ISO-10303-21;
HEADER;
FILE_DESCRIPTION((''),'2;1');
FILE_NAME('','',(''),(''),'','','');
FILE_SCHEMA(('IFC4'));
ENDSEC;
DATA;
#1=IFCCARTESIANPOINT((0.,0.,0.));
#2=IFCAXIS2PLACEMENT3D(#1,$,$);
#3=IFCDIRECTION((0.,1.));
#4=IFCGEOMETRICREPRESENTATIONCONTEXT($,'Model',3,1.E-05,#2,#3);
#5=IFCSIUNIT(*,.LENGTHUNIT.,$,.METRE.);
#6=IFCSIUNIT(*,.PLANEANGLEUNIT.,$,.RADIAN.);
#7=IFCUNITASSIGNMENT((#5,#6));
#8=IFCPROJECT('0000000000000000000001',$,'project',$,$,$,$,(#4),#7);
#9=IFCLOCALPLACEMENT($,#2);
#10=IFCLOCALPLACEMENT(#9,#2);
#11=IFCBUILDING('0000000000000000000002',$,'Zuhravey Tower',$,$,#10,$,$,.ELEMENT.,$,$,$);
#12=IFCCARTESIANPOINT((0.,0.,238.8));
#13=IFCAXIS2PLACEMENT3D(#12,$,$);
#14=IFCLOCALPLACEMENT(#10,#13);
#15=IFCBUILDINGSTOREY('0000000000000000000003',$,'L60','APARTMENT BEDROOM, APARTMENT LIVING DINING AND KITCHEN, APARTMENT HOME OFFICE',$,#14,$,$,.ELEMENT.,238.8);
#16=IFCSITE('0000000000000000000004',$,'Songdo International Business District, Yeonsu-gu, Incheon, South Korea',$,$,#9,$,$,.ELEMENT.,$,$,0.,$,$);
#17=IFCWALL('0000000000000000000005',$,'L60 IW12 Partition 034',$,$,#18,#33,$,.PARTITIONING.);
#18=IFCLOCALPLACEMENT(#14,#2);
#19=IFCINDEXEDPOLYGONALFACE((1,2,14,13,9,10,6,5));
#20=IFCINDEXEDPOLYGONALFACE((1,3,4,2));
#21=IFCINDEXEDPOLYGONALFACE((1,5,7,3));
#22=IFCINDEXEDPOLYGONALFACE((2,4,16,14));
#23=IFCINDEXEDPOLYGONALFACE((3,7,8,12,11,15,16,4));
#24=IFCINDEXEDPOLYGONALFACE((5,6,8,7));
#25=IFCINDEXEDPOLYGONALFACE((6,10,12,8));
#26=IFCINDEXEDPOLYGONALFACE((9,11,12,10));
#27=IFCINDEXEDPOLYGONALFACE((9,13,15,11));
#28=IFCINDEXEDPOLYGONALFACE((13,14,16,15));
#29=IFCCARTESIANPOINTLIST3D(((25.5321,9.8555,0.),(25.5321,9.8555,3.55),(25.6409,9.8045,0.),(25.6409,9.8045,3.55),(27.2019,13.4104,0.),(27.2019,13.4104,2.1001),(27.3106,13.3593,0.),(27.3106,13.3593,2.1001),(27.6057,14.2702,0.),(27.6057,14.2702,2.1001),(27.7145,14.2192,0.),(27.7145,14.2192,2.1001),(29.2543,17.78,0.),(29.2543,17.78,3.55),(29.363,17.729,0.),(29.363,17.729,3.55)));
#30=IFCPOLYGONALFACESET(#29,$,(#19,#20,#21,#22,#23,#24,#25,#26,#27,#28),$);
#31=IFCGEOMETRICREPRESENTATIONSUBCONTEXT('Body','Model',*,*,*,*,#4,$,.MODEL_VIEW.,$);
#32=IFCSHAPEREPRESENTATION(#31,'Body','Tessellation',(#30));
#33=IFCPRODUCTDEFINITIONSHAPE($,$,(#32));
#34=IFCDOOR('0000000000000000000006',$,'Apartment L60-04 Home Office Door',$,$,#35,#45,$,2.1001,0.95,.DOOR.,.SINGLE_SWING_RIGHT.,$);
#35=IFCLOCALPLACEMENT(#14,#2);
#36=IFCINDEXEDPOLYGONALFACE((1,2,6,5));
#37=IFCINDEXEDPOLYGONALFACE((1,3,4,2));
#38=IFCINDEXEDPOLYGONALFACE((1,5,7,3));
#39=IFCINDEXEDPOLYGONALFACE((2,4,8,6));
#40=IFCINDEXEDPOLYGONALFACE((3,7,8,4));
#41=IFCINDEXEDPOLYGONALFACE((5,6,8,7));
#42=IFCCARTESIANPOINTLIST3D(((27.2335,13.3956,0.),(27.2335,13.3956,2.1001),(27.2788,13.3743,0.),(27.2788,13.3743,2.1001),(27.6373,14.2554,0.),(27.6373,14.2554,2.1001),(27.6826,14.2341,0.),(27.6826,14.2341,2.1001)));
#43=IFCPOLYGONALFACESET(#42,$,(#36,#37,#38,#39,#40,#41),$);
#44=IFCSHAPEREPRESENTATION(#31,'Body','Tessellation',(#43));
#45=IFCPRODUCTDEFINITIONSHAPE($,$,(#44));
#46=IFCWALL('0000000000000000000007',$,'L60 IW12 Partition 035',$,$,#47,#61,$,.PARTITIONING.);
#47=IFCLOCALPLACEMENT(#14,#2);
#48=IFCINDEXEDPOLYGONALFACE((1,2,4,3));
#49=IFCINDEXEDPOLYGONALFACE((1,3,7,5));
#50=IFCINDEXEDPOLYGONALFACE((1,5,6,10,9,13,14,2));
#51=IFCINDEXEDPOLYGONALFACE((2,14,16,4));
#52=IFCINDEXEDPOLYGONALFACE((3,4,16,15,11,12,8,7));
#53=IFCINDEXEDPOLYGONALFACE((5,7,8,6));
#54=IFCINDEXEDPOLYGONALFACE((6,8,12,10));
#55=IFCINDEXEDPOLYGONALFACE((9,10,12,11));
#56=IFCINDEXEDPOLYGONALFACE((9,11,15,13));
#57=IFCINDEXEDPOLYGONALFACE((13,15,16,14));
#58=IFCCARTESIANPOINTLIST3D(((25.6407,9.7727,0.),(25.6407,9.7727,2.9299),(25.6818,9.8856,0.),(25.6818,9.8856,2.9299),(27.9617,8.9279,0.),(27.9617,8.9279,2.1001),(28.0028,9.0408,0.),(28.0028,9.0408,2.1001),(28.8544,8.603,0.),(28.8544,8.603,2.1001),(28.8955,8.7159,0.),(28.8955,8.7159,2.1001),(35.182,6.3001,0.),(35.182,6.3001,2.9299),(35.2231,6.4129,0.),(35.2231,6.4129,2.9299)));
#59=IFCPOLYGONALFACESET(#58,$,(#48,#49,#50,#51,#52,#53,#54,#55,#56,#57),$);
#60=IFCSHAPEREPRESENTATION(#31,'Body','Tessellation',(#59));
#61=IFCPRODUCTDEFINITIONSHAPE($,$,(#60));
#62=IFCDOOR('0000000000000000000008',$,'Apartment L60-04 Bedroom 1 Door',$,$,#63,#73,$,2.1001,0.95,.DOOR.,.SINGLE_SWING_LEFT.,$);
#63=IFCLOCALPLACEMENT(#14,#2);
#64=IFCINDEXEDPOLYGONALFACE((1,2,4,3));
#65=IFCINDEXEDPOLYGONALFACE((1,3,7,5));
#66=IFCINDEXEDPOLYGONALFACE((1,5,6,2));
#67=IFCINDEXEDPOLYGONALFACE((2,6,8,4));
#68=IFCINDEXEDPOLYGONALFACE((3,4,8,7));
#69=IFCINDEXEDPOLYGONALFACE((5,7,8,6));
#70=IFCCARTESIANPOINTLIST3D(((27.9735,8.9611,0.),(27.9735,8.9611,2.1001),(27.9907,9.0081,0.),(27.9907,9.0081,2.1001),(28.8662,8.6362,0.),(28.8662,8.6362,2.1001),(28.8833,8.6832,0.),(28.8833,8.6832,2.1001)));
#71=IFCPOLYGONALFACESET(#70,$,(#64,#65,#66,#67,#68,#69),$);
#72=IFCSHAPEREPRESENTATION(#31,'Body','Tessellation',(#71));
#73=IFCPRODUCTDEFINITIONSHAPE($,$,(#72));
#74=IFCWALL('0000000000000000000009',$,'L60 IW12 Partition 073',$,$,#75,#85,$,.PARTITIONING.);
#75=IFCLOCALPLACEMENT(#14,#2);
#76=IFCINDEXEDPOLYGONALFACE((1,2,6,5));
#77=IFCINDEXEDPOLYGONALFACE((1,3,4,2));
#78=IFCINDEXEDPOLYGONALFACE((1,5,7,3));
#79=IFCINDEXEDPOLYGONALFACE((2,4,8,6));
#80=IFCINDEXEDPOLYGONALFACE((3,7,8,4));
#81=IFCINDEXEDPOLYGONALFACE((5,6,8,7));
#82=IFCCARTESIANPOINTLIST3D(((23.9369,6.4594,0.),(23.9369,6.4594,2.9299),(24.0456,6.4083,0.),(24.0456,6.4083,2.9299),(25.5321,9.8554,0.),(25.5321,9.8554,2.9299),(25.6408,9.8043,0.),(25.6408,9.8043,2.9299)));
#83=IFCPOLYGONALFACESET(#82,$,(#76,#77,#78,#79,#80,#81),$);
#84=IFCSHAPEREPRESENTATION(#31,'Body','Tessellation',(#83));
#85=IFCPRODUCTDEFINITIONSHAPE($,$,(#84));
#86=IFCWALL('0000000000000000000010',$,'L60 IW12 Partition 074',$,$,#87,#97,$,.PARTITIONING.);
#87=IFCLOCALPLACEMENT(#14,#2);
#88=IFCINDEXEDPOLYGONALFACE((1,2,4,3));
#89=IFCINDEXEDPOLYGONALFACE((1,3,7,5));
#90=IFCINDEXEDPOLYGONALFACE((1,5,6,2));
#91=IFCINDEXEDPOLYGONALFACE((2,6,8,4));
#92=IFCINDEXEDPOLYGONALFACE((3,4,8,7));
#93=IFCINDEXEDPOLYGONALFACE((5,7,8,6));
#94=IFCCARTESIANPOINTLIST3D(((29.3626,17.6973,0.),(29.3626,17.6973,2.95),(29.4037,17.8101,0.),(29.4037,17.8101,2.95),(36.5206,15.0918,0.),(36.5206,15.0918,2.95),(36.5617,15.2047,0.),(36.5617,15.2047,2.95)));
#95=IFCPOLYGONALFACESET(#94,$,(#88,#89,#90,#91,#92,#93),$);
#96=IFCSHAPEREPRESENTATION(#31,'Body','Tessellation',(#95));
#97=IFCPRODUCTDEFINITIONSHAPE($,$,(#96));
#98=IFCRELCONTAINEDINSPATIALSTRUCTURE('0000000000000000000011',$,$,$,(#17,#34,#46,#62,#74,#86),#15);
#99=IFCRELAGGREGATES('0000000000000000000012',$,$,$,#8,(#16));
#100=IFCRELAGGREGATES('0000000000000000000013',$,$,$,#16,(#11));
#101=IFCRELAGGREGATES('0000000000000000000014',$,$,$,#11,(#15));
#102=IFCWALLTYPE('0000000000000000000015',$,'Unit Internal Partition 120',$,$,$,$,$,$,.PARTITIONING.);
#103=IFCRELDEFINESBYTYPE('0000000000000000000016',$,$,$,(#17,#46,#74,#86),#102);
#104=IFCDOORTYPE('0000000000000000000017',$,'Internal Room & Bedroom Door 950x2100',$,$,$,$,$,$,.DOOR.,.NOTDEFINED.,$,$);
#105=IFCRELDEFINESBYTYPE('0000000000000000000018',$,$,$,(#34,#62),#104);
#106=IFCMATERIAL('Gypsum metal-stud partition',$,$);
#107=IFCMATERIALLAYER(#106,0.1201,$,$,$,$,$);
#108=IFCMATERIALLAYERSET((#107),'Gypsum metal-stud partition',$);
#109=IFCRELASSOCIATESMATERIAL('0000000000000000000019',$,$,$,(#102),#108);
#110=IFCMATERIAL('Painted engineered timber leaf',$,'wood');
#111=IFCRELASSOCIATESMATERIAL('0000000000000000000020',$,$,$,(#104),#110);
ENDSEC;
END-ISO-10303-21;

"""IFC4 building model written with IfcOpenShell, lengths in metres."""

from ifc_helpers import new_model, si_unit, direction, frame, frame_2d, origin, place, context, subcontext, project, spatial, rectangle, extrude, material, layer, layer_set, type_object, element, fill, save


model = new_model("IFC4")

# Units and contexts
model_context = context("Model", 3, precision=1e-05, world=origin(), true_north=direction((0.0, 1.0)))
body_context = subcontext(model_context, "Body", "Model", "MODEL_VIEW")
ifc_project = project(units=[si_unit("LENGTHUNIT", "METRE"), si_unit("PLANEANGLEUNIT", "RADIAN")], contexts=[model_context])

# Site, building, storey
site_placement = place(None, origin())
site = spatial("IfcSite", under=ifc_project, at=site_placement, Name="Songdo International Business District, Yeonsu-gu, Incheon, South Korea", CompositionType="ELEMENT", RefElevation=0.0)
building_placement = place(site_placement, origin())
building = spatial("IfcBuilding", under=site, at=building_placement, Name="Zuhravey Tower", CompositionType="ELEMENT")
storey_placement = place(building_placement, frame((0.0, 0.0, 238.8)))
storey = spatial("IfcBuildingStorey", under=building, at=storey_placement, Name="L60", Description="APARTMENT BEDROOM, APARTMENT LIVING DINING AND KITCHEN, APARTMENT HOME OFFICE", CompositionType="ELEMENT", Elevation=238.8)

# Walls, openings, doors
ifc_material_1 = material(Name="Gypsum metal-stud partition")
ifc_layer_1 = layer(ifc_material_1, 0.1201)
ifc_layer_set_1 = layer_set([ifc_layer_1], Name="Gypsum metal-stud partition")
wall_type_1 = type_object("IfcWallType", Name="Unit Internal Partition 120", PredefinedType="PARTITIONING", material=ifc_layer_set_1)
wall_1_placement = place(storey_placement, frame((29.3086, 17.7544, 0.0), z_axis=(0.0, 0.0, 1.0), x_axis=(-0.425139, -0.905128, 0.0)))
wall_1 = element("IfcWall", 1, at=wall_1_placement, inside=storey, type_object=wall_type_1, Name="L60 IW12 Partition 034", PredefinedType="PARTITIONING", context=body_context, shape_type="SweptSolid", body=[
    extrude(rectangle(XDim=8.7551, YDim=0.1201, at=frame_2d((4.3774, 0.0))), origin(), (0.0, 0.0, 1.0), 3.55),
])
opening_1_placement = place(wall_1_placement, frame((3.8774, 0.0, 0.0)))
opening_1 = element("IfcOpeningElement", 2, at=opening_1_placement, cuts=wall_1, PredefinedType="OPENING", context=body_context, shape_type="SweptSolid", body=[
    extrude(rectangle(XDim=0.95, YDim=2.1001, at=frame_2d((0.4751, 1.05))), frame((0.0, 0.072, 0.0), z_axis=(0.0, -1.0, 0.0), x_axis=(1.0, 0.0, 0.0)), (0.0, 0.0, 1.0), 0.144),
])
ifc_material_2 = material(Name="Painted engineered timber leaf", Category="wood")
door_type_1 = type_object("IfcDoorType", Name="Internal Room & Bedroom Door 950x2100", OperationType="NOTDEFINED", PredefinedType="DOOR", material=ifc_material_2)
door_1_placement = place(opening_1_placement, origin())
door_1 = element("IfcDoor", 3, at=door_1_placement, inside=storey, type_object=door_type_1, Name="Apartment L60-04 Home Office Door", OperationType="SINGLE_SWING_RIGHT", OverallHeight=2.1001, OverallWidth=0.95, PredefinedType="DOOR", context=body_context, shape_type="SweptSolid", body=[
    extrude(rectangle(XDim=0.95, YDim=2.1001, at=frame_2d((0.4751, 1.05))), frame((0.0, 0.0249, 0.0), z_axis=(0.0, -1.0, 0.0), x_axis=(1.0, 0.0, 0.0)), (0.0, 0.0, 1.0), 0.05),
])
fill(opening_1, door_1)
wall_2_placement = place(storey_placement, frame((25.6614, 9.8291, 0.0), z_axis=(0.0, 0.0, 1.0), x_axis=(0.939695, -0.342013, 0.0)))
wall_2 = element("IfcWall", 4, at=wall_2_placement, inside=storey, type_object=wall_type_1, Name="L60 IW12 Partition 035", PredefinedType="PARTITIONING", context=body_context, shape_type="SweptSolid", body=[
    extrude(rectangle(XDim=10.1536, YDim=0.1201, at=frame_2d((5.0767, 0.0))), origin(), (0.0, 0.0, 1.0), 2.9299),
])
opening_2_placement = place(wall_2_placement, frame((2.4697, 0.0, 0.0)))
opening_2 = element("IfcOpeningElement", 5, at=opening_2_placement, cuts=wall_2, PredefinedType="OPENING", context=body_context, shape_type="SweptSolid", body=[
    extrude(rectangle(XDim=0.95, YDim=2.1001, at=frame_2d((0.4751, 1.05))), frame((0.0, 0.072, 0.0), z_axis=(0.0, -1.0, 0.0), x_axis=(1.0, 0.0, 0.0)), (0.0, 0.0, 1.0), 0.144),
])
door_2_placement = place(opening_2_placement, frame((0.95, 0.0, 0.0), z_axis=(0.0, 0.0, 1.0), x_axis=(-1.0, 0.0, 0.0)))
door_2 = element("IfcDoor", 6, at=door_2_placement, inside=storey, type_object=door_type_1, Name="Apartment L60-04 Bedroom 1 Door", OperationType="SINGLE_SWING_LEFT", OverallHeight=2.1001, OverallWidth=0.95, PredefinedType="DOOR", context=body_context, shape_type="SweptSolid", body=[
    extrude(rectangle(XDim=0.95, YDim=2.1001, at=frame_2d((0.4751, 1.05))), frame((0.0, 0.0249, 0.0), z_axis=(0.0, -1.0, 0.0), x_axis=(1.0, 0.0, 0.0)), (0.0, 0.0, 1.0), 0.05),
])
fill(opening_2, door_2)

# Walls
wall_3_placement = place(storey_placement, frame((25.5864, 9.8298, 0.0), z_axis=(0.0, 0.0, 1.0), x_axis=(-0.425164, -0.905116, 0.0)))
element("IfcWall", 7, at=wall_3_placement, inside=storey, type_object=wall_type_1, Name="L60 IW12 Partition 073", PredefinedType="PARTITIONING", context=body_context, shape_type="SweptSolid", body=[
    extrude(rectangle(XDim=3.752, YDim=0.1201, at=frame_2d((1.876, 0.0))), origin(), (0.0, 0.0, 1.0), 2.9299),
])
wall_4_placement = place(storey_placement, frame((29.3833, 17.7537, 0.0), z_axis=(0.0, 0.0, 1.0), x_axis=(0.939685, -0.342042, 0.0)))
element("IfcWall", 8, at=wall_4_placement, inside=storey, type_object=wall_type_1, Name="L60 IW12 Partition 074", PredefinedType="PARTITIONING", context=body_context, shape_type="SweptSolid", body=[
    extrude(rectangle(XDim=7.6174, YDim=0.1201, at=frame_2d((3.8086, 0.0))), origin(), (0.0, 0.0, 1.0), 2.95),
])

save(model, "model.ifc")
